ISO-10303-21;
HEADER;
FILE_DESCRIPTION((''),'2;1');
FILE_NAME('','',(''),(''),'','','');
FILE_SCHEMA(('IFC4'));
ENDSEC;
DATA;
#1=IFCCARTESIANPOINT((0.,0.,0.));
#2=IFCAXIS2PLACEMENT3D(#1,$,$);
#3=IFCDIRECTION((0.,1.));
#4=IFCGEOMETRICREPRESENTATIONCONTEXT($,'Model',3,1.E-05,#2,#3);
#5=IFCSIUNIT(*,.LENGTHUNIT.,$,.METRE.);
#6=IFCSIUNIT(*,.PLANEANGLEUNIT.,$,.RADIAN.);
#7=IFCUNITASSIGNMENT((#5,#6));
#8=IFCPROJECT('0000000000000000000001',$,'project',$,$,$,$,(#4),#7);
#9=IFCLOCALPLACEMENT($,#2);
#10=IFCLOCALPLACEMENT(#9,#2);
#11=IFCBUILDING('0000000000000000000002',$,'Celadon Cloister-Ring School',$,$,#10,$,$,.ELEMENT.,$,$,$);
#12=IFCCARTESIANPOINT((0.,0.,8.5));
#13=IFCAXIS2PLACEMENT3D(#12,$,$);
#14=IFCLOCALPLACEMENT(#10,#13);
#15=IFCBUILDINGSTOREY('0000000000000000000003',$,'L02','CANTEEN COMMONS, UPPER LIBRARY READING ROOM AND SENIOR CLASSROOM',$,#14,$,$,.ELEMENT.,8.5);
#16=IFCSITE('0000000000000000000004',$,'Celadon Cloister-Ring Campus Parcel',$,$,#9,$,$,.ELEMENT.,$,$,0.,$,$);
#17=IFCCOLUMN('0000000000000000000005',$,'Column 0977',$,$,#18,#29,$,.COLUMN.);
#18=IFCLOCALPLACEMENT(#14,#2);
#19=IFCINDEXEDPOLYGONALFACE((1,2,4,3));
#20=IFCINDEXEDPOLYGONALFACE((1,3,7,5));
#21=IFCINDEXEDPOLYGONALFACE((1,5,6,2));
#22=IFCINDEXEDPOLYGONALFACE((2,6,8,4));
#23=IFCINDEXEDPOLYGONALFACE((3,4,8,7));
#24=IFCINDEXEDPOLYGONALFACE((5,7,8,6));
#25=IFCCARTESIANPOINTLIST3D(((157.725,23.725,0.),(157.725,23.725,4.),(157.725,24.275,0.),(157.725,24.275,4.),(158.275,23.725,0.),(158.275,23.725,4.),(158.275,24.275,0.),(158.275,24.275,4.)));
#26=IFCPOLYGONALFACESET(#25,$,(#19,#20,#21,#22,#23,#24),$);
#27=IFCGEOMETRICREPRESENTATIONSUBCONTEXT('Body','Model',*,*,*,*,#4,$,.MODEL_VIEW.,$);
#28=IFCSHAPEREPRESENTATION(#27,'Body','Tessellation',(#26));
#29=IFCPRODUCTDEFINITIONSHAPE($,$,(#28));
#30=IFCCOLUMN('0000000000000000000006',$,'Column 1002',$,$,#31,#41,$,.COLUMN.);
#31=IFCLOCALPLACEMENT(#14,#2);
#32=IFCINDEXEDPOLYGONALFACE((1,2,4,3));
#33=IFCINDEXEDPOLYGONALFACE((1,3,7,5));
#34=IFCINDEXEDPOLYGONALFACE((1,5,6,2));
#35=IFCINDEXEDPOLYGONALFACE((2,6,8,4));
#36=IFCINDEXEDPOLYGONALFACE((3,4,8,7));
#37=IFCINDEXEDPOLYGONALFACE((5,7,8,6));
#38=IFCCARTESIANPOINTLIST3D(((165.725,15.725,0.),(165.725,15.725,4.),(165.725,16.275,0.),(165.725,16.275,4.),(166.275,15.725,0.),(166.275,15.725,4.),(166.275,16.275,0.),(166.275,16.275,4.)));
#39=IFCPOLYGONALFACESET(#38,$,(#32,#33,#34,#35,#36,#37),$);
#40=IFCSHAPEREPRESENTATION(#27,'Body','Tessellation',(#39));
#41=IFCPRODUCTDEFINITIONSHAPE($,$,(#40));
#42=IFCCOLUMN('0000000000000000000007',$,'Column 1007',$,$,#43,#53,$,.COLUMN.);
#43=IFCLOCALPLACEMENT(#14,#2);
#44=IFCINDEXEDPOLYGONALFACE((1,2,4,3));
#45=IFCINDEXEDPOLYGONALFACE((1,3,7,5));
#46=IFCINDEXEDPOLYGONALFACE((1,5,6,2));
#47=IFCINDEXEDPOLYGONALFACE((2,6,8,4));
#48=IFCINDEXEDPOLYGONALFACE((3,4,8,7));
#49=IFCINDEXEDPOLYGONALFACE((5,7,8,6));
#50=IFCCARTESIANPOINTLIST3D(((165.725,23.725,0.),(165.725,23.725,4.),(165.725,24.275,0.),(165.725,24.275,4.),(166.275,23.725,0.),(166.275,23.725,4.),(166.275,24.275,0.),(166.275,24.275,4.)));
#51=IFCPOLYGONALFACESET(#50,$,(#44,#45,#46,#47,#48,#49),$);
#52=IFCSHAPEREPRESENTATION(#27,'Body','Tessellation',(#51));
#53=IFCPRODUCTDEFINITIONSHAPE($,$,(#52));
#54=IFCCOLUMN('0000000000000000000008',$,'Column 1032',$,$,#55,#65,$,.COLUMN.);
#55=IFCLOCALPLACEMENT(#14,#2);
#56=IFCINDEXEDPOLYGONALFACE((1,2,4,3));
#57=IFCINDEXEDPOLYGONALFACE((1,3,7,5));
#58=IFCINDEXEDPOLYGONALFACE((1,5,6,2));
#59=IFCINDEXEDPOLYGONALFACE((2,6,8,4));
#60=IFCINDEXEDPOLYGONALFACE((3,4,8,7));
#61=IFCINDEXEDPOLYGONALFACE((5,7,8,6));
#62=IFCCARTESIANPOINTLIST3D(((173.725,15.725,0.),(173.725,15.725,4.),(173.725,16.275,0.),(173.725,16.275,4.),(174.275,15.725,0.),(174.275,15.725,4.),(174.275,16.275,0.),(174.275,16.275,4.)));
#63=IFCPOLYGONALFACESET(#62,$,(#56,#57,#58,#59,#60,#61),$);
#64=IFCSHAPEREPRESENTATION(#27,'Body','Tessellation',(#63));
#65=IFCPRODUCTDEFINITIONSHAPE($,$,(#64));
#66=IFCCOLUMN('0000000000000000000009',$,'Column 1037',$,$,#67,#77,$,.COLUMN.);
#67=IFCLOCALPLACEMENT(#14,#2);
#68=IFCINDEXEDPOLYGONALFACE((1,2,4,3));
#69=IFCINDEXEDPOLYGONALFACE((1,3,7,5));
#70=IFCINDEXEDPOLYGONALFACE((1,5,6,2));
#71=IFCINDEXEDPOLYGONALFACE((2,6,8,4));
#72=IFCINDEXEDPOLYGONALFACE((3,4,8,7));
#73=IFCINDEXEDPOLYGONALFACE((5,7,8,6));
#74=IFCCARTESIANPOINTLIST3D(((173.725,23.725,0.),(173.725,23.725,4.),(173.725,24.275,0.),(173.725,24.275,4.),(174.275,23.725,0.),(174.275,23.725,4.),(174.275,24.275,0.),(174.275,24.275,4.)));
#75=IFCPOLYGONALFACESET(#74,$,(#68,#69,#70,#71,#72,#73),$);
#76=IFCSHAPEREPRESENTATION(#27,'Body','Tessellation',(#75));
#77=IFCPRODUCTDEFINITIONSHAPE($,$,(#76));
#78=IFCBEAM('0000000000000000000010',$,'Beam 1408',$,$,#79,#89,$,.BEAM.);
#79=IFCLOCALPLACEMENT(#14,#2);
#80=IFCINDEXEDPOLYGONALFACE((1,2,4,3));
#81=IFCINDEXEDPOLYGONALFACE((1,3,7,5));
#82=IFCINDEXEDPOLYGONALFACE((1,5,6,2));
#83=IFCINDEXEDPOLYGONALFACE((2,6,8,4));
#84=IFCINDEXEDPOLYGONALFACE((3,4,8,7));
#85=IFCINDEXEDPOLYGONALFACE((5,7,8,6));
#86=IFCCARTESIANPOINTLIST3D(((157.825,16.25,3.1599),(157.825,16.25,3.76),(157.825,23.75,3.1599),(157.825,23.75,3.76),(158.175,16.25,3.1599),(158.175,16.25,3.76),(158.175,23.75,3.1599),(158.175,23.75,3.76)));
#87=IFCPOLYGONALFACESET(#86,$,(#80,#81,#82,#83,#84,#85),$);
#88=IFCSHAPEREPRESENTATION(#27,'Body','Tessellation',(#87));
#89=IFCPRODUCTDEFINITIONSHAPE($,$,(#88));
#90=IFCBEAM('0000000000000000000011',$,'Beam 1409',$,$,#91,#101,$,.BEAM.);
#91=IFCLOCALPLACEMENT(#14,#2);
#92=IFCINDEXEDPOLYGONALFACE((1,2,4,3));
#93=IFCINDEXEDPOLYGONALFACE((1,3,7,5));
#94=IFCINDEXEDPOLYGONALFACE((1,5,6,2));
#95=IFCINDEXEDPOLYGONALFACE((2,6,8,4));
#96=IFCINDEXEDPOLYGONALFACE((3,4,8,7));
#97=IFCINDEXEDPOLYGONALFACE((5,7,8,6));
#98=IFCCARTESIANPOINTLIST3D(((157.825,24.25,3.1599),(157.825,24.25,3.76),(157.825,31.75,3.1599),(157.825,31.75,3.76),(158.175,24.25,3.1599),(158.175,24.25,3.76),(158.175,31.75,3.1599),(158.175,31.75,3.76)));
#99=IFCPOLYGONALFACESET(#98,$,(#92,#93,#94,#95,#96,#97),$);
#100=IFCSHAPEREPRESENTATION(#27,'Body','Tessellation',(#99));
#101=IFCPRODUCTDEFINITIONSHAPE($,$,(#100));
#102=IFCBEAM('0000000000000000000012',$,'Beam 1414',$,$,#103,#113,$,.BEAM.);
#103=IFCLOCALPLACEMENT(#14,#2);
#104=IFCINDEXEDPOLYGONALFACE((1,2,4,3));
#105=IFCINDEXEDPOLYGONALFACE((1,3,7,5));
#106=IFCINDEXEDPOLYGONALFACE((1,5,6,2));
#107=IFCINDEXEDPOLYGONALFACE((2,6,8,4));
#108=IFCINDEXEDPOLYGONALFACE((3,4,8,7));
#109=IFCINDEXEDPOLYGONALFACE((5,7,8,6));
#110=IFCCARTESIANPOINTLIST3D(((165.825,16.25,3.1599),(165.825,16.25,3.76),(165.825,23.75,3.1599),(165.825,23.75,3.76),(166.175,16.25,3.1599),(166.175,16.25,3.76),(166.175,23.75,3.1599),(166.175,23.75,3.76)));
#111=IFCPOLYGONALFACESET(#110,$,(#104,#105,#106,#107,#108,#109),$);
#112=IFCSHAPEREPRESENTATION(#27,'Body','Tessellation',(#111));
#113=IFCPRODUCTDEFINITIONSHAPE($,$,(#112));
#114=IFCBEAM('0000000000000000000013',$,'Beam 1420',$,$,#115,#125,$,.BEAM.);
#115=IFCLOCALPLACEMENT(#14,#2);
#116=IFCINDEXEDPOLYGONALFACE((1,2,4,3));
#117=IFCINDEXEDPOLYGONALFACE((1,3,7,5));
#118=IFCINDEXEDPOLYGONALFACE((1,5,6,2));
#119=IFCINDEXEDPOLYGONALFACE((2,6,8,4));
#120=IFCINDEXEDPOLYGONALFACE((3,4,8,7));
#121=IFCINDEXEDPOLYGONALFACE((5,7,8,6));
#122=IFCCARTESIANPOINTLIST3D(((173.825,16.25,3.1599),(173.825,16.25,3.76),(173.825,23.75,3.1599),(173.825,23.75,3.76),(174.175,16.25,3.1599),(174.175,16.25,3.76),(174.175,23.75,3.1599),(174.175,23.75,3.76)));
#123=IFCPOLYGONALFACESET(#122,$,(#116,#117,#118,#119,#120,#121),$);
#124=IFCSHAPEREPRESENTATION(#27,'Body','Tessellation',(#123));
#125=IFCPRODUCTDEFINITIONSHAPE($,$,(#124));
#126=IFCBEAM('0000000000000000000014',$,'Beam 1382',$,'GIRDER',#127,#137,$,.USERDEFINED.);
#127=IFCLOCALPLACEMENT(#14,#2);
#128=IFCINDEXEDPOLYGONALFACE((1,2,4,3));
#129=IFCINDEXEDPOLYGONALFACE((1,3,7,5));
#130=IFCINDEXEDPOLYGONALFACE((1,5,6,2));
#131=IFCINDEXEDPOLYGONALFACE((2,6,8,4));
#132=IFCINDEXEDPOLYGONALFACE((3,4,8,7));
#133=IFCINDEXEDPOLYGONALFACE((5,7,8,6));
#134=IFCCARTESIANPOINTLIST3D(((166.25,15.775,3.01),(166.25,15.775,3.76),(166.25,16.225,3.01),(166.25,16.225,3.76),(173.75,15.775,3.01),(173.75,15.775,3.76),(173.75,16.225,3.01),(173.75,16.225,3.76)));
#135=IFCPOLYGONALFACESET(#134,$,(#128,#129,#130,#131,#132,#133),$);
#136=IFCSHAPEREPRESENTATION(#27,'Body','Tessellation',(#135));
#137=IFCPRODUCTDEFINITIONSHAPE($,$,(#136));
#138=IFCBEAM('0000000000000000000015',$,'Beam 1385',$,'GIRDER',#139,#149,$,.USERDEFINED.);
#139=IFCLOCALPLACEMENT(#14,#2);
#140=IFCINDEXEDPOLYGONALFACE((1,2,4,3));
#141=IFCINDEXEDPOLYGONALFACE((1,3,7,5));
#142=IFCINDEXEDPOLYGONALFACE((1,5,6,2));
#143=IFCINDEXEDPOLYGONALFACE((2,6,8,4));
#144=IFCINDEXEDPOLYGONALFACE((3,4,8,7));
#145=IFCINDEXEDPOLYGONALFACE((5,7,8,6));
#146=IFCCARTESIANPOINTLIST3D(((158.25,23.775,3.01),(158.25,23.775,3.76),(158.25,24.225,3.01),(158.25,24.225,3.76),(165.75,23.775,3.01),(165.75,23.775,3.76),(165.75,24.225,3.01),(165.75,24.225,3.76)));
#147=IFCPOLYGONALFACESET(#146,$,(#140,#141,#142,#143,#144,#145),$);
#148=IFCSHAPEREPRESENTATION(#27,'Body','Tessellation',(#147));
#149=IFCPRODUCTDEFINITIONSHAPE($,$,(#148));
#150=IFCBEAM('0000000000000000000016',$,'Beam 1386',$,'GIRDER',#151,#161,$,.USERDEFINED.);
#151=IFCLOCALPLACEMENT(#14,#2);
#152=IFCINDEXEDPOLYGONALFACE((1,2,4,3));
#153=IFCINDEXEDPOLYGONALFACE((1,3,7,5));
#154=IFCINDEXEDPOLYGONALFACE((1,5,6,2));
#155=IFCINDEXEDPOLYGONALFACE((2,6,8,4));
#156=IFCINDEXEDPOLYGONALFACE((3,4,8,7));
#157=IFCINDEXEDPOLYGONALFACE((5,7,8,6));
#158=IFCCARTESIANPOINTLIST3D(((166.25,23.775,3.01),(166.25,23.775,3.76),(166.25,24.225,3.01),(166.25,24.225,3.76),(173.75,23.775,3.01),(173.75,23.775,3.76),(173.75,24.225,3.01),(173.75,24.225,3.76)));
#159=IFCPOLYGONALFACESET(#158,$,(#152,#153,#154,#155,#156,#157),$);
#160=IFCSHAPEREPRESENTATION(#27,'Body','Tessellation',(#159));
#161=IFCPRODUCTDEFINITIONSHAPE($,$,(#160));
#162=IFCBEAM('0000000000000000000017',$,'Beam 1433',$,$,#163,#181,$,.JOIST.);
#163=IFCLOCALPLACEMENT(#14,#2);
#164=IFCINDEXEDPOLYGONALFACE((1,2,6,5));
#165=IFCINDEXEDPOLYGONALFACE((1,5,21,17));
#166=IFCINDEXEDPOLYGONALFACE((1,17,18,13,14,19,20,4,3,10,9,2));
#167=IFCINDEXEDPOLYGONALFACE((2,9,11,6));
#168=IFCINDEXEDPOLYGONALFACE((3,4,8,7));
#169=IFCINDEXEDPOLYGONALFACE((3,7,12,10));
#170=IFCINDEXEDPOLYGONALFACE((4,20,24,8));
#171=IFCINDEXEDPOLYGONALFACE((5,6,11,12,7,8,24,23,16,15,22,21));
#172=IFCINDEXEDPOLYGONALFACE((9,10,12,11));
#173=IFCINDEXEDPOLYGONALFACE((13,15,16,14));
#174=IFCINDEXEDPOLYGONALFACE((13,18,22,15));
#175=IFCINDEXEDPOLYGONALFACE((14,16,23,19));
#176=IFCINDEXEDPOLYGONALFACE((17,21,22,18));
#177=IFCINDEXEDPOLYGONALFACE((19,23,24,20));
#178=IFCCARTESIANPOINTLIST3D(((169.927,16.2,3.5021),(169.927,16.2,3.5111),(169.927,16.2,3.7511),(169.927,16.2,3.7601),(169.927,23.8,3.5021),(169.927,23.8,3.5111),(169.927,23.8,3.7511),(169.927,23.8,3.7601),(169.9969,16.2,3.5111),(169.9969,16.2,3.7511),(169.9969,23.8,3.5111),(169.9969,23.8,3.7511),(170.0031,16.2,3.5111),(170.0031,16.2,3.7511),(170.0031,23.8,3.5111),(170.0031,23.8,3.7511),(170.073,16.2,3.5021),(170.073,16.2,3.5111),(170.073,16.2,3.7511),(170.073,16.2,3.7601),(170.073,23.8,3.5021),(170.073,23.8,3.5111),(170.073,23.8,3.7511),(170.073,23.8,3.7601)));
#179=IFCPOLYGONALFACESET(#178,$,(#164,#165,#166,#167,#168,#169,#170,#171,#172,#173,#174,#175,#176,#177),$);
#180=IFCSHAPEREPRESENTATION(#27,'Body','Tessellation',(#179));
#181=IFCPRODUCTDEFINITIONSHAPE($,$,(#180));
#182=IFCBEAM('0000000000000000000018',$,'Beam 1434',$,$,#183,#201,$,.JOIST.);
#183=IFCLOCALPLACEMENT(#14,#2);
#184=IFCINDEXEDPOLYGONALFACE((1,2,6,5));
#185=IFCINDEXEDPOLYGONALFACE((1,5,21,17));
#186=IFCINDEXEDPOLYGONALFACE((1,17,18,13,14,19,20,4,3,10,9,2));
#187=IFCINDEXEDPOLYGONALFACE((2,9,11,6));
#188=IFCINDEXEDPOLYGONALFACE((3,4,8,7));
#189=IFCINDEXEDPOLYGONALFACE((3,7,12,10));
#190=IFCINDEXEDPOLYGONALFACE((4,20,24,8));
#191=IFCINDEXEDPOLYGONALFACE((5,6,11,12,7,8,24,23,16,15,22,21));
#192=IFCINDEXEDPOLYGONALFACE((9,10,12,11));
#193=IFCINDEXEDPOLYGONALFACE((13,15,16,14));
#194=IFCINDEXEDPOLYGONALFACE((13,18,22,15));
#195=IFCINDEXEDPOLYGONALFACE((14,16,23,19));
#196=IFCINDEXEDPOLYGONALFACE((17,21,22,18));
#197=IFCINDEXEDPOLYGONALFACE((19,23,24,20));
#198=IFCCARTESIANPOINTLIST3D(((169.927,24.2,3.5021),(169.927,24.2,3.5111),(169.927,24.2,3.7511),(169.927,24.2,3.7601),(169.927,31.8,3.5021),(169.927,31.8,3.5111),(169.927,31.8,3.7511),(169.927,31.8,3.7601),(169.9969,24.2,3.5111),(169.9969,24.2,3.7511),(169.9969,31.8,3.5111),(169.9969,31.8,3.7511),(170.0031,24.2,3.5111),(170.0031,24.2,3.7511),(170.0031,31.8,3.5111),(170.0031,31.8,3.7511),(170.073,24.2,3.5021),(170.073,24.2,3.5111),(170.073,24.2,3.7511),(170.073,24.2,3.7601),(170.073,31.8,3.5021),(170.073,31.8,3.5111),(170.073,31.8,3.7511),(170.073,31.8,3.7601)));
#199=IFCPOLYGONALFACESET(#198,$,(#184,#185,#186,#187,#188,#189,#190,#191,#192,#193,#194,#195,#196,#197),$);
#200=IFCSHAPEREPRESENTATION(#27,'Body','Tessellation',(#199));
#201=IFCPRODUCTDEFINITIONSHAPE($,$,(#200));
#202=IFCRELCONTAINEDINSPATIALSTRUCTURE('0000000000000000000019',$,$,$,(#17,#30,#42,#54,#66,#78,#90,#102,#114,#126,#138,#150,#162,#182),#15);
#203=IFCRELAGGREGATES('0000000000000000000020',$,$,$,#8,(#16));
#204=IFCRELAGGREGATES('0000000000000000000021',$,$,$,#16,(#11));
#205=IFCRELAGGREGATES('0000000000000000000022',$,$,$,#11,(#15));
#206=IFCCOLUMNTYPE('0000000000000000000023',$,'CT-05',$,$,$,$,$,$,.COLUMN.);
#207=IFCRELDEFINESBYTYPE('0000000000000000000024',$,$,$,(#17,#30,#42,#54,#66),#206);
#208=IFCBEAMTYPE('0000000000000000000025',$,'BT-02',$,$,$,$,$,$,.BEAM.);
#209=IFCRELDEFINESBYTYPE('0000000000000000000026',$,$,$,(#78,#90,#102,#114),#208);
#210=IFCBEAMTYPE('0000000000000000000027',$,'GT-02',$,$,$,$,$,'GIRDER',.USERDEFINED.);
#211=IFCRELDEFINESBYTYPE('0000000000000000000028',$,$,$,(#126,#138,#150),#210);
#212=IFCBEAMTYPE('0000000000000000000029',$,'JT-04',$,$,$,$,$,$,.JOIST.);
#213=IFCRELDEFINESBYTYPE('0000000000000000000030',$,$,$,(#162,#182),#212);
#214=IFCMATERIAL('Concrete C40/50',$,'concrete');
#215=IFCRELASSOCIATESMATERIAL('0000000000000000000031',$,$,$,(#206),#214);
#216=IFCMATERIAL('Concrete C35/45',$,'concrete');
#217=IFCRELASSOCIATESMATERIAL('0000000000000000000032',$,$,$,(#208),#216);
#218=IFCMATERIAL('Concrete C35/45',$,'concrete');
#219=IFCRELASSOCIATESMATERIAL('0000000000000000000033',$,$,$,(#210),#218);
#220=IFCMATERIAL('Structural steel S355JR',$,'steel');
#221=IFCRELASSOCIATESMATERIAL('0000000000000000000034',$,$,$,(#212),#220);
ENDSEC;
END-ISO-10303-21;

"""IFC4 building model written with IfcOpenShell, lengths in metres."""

from ifc_helpers import new_model, si_unit, direction, frame, origin, origin_2d, place, context, subcontext, project, spatial, rectangle, i_section, extrude, material, material_profile, profile_set, type_object, element, save


model = new_model("IFC4")

# Units and contexts
model_context = context("Model", 3, precision=1e-05, world=origin(), true_north=direction((0.0, 1.0)))
body_context = subcontext(model_context, "Body", "Model", "MODEL_VIEW")
ifc_project = project(units=[si_unit("LENGTHUNIT", "METRE"), si_unit("PLANEANGLEUNIT", "RADIAN")], contexts=[model_context])

# Site, building, storey
site_placement = place(None, origin())
site = spatial("IfcSite", under=ifc_project, at=site_placement, Name="Celadon Cloister-Ring Campus Parcel", CompositionType="ELEMENT", RefElevation=0.0)
building_placement = place(site_placement, origin())
building = spatial("IfcBuilding", under=site, at=building_placement, Name="Celadon Cloister-Ring School", CompositionType="ELEMENT")
storey_placement = place(building_placement, frame((0.0, 0.0, 8.5)))
storey = spatial("IfcBuildingStorey", under=building, at=storey_placement, Name="L02", Description="CANTEEN COMMONS, UPPER LIBRARY READING ROOM AND SENIOR CLASSROOM", CompositionType="ELEMENT", Elevation=8.5)

# Columns
ifc_material_1 = material(Name="Concrete C40/50", Category="concrete")
ifc_material_profile_1 = material_profile(ifc_material_1, rectangle(XDim=0.55, YDim=0.55, at=origin_2d()), Name="RC550X550")
ifc_profile_set_1 = profile_set([ifc_material_profile_1], Name="Concrete C40/50")
column_type = type_object("IfcColumnType", Name="CT-05", PredefinedType="COLUMN", material=ifc_profile_set_1)
for number, where, z_axis, x_axis, name in (
    (1, (158.0, 24.0, 0.0), (0.0, 0.0, 1.0), (1.0, 0.0, 0.0), "Column 0977"),
    (2, (166.0, 16.0, 0.0), (0.0, 0.0, 1.0), (1.0, 0.0, 0.0), "Column 1002"),
    (3, (166.0, 24.0, 0.0), (0.0, 0.0, 1.0), (1.0, 0.0, 0.0), "Column 1007"),
    (4, (174.0, 16.0, 0.0), (0.0, 0.0, 1.0), (1.0, 0.0, 0.0), "Column 1032"),
    (5, (174.0, 24.0, 0.0), (0.0, 0.0, 1.0), (1.0, 0.0, 0.0), "Column 1037"),
):
    element("IfcColumn", number, at=place(storey_placement, frame(where, z_axis=z_axis, x_axis=x_axis)), inside=storey, type_object=column_type, Name=name, PredefinedType="COLUMN", context=body_context, shape_type="SweptSolid", body=[
        extrude(rectangle(XDim=0.55, YDim=0.55, at=origin_2d()), origin(), (0.0, 0.0, 1.0), 4.0),
    ])

# Beams
ifc_material_2 = material(Name="Concrete C35/45", Category="concrete")
ifc_material_profile_2 = material_profile(ifc_material_2, rectangle(XDim=0.3501, YDim=0.6001, at=origin_2d()), Name="RC350X600")
ifc_profile_set_2 = profile_set([ifc_material_profile_2], Name="Concrete C35/45")
beam_type_1 = type_object("IfcBeamType", Name="BT-02", PredefinedType="BEAM", material=ifc_profile_set_2)
for number, where, z_axis, x_axis, name in (
    (6, (158.0, 16.25, 3.46), (0.0, 1.0, 0.0), (-1.0, 0.0, 0.0), "Beam 1408"),
    (7, (158.0, 24.25, 3.46), (0.0, 1.0, 0.0), (-1.0, 0.0, 0.0), "Beam 1409"),
    (8, (166.0, 16.25, 3.46), (0.0, 1.0, 0.0), (-1.0, 0.0, 0.0), "Beam 1414"),
    (9, (174.0, 16.25, 3.46), (0.0, 1.0, 0.0), (-1.0, 0.0, 0.0), "Beam 1420"),
):
    element("IfcBeam", number, at=place(storey_placement, frame(where, z_axis=z_axis, x_axis=x_axis)), inside=storey, type_object=beam_type_1, Name=name, PredefinedType="BEAM", context=body_context, shape_type="SweptSolid", body=[
        extrude(rectangle(XDim=0.3501, YDim=0.6001, at=origin_2d()), origin(), (0.0, 0.0, 1.0), 7.5),
    ])
ifc_material_3 = material(Name="Concrete C35/45", Category="concrete")
ifc_material_profile_3 = material_profile(ifc_material_3, rectangle(XDim=0.45, YDim=0.75, at=origin_2d()), Name="RC450X750")
ifc_profile_set_3 = profile_set([ifc_material_profile_3], Name="Concrete C35/45")
beam_type_2 = type_object("IfcBeamType", Name="GT-02", ElementType="GIRDER", PredefinedType="USERDEFINED", material=ifc_profile_set_3)
for number, where, z_axis, x_axis, name in (
    (10, (166.25, 16.0, 3.385), (1.0, 0.0, 0.0), (0.0, 1.0, 0.0), "Beam 1382"),
    (11, (158.25, 24.0, 3.385), (1.0, 0.0, 0.0), (0.0, 1.0, 0.0), "Beam 1385"),
    (12, (166.25, 24.0, 3.385), (1.0, 0.0, 0.0), (0.0, 1.0, 0.0), "Beam 1386"),
):
    element("IfcBeam", number, at=place(storey_placement, frame(where, z_axis=z_axis, x_axis=x_axis)), inside=storey, type_object=beam_type_2, Name=name, ObjectType="GIRDER", PredefinedType="USERDEFINED", context=body_context, shape_type="SweptSolid", body=[
        extrude(rectangle(XDim=0.45, YDim=0.75, at=origin_2d()), origin(), (0.0, 0.0, 1.0), 7.5),
    ])
ifc_material_4 = material(Name="Structural steel S355JR", Category="steel")
ifc_material_profile_4 = material_profile(ifc_material_4, i_section(OverallWidth=0.146, OverallDepth=0.2581, WebThickness=0.0061, FlangeThickness=0.009, at=origin_2d()), Name="W250X33")
ifc_profile_set_4 = profile_set([ifc_material_profile_4], Name="Structural steel S355JR")
beam_type_3 = type_object("IfcBeamType", Name="JT-04", PredefinedType="JOIST", material=ifc_profile_set_4)
for number, where, z_axis, x_axis, name in (
    (13, (170.0, 16.2, 3.6311), (0.0, 1.0, 0.0), (-1.0, 0.0, 0.0), "Beam 1433"),
    (14, (170.0, 24.2, 3.6311), (0.0, 1.0, 0.0), (-1.0, 0.0, 0.0), "Beam 1434"),
):
    element("IfcBeam", number, at=place(storey_placement, frame(where, z_axis=z_axis, x_axis=x_axis)), inside=storey, type_object=beam_type_3, Name=name, PredefinedType="JOIST", context=body_context, shape_type="SweptSolid", body=[
        extrude(i_section(OverallWidth=0.146, OverallDepth=0.2581, WebThickness=0.0061, FlangeThickness=0.009, at=origin_2d()), origin(), (0.0, 0.0, 1.0), 7.6001),
    ])

save(model, "model.ifc")
